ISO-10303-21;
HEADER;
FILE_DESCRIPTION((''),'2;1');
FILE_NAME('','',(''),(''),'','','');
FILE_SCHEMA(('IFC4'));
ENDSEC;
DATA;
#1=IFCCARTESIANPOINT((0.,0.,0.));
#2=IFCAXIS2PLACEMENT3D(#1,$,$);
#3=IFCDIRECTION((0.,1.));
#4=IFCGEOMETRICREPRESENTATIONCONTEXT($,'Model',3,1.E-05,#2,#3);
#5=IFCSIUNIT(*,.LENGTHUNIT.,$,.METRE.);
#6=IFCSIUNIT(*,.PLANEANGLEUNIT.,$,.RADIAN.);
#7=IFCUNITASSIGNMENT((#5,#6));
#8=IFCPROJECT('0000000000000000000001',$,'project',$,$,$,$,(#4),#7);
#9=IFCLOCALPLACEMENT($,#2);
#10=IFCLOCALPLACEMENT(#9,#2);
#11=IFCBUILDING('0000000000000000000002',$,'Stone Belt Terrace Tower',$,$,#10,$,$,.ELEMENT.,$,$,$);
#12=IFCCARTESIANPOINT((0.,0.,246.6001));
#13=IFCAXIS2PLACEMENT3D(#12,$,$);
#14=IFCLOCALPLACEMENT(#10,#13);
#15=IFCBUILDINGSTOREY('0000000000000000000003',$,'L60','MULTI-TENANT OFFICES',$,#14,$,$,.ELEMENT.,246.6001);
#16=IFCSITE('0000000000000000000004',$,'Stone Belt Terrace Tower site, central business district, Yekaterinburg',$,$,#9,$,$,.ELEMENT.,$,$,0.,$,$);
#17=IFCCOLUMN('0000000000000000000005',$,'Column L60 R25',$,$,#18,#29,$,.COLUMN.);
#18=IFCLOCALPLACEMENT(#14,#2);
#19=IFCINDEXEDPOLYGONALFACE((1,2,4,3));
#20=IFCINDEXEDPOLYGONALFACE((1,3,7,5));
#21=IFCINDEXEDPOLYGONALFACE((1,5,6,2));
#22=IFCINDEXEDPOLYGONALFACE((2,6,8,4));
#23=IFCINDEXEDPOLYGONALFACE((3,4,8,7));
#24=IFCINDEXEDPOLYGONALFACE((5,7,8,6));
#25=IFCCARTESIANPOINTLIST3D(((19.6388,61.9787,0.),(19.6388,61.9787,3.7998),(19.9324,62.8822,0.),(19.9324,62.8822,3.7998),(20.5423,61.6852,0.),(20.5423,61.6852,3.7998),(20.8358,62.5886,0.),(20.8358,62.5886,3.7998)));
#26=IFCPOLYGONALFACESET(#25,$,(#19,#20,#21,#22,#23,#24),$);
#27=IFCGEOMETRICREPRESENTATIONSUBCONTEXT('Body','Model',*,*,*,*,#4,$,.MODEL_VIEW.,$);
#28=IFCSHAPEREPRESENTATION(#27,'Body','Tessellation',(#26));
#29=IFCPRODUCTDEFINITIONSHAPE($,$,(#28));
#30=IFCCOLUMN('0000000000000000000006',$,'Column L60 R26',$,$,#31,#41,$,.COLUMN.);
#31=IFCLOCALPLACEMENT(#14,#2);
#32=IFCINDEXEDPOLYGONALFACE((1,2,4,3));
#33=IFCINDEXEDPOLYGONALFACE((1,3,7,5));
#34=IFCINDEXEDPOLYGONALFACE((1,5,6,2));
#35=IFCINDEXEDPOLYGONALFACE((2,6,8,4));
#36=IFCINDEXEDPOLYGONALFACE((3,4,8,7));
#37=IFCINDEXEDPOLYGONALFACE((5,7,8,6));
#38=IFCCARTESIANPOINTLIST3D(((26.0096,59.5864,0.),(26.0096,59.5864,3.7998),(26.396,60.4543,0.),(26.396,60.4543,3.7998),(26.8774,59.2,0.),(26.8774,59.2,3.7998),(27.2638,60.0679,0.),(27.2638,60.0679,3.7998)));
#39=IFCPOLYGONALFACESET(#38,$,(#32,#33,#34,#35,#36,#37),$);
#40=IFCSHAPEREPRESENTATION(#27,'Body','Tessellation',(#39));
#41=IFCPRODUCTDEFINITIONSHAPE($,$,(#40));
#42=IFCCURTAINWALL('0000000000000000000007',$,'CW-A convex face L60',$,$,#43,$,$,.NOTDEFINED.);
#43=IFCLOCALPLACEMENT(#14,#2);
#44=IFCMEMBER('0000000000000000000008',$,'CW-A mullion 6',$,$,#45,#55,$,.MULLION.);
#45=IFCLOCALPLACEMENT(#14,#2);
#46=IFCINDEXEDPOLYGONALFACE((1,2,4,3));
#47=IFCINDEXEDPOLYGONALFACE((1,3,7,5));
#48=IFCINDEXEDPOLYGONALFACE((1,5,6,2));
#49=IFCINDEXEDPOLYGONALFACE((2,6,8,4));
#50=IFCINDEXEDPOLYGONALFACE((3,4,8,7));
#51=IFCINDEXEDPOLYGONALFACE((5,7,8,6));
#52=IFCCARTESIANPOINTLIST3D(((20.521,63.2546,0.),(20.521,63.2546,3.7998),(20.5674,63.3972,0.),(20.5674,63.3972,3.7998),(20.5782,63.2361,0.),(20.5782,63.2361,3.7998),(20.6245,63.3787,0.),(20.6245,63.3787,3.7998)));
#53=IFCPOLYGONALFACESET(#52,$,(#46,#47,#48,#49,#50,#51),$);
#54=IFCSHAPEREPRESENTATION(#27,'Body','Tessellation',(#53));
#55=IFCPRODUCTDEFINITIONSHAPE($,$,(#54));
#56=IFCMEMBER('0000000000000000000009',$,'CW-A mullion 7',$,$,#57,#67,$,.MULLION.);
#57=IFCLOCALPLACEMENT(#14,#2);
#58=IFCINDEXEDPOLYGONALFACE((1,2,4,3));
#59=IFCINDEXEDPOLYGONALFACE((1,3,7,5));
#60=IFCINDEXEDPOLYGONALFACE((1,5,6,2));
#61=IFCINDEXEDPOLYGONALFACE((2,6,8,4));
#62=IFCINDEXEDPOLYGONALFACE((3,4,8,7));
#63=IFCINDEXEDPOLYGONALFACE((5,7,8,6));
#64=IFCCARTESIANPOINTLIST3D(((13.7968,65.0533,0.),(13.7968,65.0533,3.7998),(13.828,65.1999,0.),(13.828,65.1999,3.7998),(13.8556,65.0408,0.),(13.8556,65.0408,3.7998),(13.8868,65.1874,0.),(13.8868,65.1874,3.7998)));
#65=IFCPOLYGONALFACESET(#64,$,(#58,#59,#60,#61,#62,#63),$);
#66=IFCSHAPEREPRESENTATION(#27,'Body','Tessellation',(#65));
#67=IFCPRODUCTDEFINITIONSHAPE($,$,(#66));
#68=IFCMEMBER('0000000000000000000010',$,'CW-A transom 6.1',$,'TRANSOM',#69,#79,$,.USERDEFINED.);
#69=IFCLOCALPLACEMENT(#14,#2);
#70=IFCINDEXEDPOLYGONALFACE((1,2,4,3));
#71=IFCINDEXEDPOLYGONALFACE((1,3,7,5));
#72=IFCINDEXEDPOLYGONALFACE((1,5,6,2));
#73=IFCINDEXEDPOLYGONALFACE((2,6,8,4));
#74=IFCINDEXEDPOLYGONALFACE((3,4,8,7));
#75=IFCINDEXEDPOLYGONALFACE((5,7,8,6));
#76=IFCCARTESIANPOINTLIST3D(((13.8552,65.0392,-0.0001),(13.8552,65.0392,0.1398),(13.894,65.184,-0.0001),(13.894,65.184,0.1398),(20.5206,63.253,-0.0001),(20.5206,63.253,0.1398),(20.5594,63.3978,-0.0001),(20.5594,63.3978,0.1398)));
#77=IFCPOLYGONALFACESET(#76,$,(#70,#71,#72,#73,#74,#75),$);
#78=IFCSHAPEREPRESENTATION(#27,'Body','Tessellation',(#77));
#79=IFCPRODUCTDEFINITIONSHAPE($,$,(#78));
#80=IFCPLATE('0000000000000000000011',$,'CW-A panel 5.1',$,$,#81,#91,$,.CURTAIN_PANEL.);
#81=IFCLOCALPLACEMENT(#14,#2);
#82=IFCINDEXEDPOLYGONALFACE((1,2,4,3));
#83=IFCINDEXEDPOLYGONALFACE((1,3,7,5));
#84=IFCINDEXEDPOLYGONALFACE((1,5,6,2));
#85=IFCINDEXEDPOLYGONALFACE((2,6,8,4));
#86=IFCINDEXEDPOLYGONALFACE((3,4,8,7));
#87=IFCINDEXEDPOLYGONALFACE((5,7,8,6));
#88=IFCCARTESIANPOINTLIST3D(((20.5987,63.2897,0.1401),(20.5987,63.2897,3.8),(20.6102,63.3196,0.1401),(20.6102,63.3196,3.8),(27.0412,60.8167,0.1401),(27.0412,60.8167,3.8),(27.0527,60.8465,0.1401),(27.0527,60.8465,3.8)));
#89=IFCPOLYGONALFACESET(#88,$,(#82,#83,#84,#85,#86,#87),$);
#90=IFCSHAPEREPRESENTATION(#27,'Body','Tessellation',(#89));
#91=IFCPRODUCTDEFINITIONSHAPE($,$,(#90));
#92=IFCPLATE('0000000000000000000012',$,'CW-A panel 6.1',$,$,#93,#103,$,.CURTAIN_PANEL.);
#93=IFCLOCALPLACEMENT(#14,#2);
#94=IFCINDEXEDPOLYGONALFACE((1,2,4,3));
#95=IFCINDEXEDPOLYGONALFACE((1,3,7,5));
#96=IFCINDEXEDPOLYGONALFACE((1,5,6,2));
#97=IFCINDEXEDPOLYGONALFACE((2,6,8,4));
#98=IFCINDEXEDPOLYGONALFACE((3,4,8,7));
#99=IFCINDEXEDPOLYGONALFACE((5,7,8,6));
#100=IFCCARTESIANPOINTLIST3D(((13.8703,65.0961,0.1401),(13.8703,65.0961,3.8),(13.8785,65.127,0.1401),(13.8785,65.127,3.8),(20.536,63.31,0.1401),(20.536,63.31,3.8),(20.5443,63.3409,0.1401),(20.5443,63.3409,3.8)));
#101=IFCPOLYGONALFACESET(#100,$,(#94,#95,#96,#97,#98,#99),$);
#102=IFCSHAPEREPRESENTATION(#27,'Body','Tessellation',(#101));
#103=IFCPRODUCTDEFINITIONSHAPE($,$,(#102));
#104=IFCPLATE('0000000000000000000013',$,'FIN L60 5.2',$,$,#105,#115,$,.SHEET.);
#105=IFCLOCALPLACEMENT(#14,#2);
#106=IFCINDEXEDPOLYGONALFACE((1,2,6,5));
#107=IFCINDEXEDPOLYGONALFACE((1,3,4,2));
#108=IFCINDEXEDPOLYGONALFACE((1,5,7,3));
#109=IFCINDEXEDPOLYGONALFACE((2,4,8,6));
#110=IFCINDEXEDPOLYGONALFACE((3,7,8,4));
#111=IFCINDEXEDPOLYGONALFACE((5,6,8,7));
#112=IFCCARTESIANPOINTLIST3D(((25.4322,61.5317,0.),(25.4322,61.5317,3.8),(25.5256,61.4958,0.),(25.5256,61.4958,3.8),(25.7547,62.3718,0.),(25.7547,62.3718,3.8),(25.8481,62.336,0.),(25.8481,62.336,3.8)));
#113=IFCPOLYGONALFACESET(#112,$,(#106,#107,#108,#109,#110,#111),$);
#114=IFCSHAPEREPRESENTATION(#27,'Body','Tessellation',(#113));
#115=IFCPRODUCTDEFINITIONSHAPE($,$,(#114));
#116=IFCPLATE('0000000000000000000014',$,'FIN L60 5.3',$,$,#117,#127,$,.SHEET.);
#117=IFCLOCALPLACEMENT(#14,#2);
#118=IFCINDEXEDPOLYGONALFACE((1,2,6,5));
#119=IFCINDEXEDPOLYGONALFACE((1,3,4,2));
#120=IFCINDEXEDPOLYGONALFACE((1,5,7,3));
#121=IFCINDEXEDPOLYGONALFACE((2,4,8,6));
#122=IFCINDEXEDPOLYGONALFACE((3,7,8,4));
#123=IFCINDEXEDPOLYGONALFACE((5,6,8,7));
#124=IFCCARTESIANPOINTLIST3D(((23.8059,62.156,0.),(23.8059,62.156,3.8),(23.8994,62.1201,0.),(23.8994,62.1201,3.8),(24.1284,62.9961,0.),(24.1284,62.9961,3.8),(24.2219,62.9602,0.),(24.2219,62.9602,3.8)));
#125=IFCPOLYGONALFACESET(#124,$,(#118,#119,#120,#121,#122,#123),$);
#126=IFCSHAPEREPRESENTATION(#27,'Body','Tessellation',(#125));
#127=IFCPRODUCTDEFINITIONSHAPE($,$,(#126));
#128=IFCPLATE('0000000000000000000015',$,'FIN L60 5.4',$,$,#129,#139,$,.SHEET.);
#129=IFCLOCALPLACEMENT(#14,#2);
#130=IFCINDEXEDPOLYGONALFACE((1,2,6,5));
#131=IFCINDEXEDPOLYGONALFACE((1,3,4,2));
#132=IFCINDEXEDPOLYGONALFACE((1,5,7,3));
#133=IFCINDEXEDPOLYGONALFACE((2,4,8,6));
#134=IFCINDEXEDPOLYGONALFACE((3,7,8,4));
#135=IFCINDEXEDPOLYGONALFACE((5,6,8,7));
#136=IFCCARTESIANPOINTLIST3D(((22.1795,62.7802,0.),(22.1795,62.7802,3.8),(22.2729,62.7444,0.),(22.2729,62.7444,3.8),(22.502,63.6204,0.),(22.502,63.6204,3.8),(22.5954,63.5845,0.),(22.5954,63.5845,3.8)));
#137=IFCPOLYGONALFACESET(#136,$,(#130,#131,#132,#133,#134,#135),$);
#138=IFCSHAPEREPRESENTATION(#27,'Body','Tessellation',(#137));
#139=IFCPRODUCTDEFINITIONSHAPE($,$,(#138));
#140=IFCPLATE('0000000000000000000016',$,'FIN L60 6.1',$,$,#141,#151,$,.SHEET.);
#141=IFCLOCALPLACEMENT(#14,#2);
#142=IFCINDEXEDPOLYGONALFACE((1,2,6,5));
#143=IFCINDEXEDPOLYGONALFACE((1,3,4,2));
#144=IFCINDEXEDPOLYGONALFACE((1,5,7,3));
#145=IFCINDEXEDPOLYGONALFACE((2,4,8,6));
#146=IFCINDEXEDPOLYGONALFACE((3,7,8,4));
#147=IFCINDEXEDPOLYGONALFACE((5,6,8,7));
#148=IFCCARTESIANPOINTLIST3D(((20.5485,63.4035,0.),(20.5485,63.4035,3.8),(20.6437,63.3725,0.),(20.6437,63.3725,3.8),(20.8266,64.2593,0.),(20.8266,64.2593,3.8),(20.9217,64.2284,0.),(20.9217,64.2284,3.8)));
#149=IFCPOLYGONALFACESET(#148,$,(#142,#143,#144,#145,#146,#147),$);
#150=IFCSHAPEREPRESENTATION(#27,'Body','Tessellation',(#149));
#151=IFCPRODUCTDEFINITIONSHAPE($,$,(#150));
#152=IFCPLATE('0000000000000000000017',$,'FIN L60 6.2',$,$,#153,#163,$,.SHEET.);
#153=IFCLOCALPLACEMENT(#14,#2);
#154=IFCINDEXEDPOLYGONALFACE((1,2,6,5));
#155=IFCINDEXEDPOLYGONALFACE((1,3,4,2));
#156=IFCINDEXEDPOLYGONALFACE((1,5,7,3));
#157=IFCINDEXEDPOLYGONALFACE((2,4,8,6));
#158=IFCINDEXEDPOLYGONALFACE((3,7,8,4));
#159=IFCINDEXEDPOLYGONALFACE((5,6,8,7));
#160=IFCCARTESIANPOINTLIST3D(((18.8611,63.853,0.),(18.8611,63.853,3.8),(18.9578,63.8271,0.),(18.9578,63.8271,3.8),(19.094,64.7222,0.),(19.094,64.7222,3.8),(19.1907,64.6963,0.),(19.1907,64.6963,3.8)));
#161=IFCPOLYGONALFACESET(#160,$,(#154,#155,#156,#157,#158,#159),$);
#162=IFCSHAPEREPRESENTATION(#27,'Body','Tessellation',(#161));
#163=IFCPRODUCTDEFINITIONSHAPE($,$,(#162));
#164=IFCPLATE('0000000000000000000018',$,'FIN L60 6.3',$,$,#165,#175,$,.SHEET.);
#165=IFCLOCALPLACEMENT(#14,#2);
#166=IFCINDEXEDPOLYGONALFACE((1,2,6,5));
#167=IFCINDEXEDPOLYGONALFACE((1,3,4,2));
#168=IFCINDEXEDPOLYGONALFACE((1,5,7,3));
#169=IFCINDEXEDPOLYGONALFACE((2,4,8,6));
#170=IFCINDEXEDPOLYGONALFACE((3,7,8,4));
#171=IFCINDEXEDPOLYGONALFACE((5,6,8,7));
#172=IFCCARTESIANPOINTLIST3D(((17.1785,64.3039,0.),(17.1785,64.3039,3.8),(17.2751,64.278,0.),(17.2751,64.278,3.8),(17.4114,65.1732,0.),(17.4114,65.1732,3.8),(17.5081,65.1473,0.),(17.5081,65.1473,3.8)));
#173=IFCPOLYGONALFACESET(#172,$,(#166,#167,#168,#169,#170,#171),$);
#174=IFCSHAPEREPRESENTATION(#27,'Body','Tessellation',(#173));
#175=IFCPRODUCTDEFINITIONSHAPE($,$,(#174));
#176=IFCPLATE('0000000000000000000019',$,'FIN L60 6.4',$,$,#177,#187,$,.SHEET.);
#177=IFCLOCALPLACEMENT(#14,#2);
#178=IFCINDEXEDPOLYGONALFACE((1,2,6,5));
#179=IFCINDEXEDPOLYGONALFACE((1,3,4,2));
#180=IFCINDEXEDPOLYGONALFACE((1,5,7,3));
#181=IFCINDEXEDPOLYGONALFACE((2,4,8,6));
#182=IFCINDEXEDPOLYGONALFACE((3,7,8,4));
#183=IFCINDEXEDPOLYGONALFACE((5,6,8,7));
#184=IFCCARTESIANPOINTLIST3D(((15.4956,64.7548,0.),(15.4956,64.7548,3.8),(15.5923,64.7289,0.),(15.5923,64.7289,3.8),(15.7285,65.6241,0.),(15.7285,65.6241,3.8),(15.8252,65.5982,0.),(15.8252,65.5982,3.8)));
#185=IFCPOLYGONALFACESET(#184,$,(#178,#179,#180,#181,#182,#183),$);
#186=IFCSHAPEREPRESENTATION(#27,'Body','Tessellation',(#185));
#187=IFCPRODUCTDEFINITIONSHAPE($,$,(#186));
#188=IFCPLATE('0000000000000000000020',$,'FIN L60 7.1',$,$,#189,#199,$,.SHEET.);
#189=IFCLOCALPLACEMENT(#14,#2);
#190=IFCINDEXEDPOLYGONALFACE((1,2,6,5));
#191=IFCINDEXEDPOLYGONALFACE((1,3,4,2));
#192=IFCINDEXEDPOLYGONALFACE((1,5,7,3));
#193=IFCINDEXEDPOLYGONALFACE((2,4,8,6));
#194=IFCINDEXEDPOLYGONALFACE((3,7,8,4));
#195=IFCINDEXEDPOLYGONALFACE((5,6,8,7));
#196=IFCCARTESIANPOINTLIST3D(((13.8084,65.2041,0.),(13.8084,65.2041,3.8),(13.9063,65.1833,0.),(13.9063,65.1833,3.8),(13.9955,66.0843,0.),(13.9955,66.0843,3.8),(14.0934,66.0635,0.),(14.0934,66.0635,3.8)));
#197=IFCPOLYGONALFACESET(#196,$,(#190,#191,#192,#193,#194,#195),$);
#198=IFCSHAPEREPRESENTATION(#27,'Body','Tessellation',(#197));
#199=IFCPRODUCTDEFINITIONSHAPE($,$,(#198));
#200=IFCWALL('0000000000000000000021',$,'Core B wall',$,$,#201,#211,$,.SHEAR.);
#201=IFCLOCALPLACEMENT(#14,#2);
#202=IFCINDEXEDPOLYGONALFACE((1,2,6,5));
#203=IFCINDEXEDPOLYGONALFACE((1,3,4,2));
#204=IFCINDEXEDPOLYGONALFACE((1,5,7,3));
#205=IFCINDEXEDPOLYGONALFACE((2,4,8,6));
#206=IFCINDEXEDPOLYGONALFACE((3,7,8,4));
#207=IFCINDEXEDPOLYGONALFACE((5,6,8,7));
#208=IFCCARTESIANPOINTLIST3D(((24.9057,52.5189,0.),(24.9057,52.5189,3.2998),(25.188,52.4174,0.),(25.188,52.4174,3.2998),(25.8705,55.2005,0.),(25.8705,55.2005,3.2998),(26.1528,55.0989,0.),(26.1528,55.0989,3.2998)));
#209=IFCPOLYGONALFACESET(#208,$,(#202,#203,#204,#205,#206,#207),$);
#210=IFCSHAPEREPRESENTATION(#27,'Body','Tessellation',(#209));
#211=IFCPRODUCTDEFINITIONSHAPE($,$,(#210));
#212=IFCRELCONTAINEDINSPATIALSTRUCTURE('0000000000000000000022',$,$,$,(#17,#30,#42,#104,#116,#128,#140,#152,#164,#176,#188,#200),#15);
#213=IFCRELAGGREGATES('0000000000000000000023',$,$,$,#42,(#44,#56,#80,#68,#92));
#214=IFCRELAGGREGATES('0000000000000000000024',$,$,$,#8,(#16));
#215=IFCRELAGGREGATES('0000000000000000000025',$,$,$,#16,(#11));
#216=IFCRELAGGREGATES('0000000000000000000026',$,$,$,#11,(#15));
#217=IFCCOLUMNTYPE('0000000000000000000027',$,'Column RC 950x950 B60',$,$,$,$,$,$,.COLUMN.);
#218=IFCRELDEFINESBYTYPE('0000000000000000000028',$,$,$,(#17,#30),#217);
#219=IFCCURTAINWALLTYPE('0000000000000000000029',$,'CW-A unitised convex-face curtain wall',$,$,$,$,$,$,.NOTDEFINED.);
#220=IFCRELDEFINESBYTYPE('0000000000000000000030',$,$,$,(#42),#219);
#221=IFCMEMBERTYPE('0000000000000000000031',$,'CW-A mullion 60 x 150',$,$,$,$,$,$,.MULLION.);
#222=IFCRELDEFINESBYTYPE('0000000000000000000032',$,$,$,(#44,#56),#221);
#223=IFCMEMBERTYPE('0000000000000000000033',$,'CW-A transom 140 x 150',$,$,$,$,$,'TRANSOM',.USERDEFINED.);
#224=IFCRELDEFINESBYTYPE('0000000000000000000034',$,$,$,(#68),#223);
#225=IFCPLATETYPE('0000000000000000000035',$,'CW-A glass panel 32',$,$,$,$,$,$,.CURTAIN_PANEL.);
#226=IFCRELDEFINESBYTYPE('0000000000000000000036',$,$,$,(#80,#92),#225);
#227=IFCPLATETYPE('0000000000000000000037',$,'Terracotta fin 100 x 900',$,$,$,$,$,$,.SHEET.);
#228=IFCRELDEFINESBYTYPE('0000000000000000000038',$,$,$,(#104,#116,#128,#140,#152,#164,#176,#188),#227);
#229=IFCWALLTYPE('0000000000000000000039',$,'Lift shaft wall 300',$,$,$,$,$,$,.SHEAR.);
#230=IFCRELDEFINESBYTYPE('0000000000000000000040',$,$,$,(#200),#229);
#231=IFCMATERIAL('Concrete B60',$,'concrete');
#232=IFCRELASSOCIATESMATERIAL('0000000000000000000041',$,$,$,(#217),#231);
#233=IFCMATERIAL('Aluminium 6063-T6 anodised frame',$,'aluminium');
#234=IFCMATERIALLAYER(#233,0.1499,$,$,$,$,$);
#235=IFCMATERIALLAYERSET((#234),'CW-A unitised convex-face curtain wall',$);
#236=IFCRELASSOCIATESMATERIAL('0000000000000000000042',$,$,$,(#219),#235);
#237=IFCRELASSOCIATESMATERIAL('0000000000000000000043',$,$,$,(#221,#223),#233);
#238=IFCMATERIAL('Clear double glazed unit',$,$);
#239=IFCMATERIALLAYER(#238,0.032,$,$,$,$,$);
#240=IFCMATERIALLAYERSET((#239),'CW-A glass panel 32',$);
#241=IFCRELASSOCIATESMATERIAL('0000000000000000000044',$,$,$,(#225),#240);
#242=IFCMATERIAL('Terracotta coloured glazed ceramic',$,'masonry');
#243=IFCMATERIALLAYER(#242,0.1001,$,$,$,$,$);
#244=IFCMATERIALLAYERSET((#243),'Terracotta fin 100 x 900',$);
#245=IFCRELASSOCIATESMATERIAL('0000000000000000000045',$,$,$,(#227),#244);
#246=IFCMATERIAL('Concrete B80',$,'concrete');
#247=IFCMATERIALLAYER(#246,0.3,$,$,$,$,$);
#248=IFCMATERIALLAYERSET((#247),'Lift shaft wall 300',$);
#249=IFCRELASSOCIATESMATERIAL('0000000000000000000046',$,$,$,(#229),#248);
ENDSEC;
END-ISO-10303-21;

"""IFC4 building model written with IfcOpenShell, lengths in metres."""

from ifc_helpers import new_model, si_unit, direction, frame, frame_2d, origin, origin_2d, place, context, subcontext, project, spatial, rectangle, extrude, material, layer, layer_set, material_profile, profile_set, type_object, element, aggregate, save


model = new_model("IFC4")

# Units and contexts
model_context = context("Model", 3, precision=1e-05, world=origin(), true_north=direction((0.0, 1.0)))
body_context = subcontext(model_context, "Body", "Model", "MODEL_VIEW")
ifc_project = project(units=[si_unit("LENGTHUNIT", "METRE"), si_unit("PLANEANGLEUNIT", "RADIAN")], contexts=[model_context])

# Site, building, storey
site_placement = place(None, origin())
site = spatial("IfcSite", under=ifc_project, at=site_placement, Name="Stone Belt Terrace Tower site, central business district, Yekaterinburg", CompositionType="ELEMENT", RefElevation=0.0)
building_placement = place(site_placement, origin())
building = spatial("IfcBuilding", under=site, at=building_placement, Name="Stone Belt Terrace Tower", CompositionType="ELEMENT")
storey_placement = place(building_placement, frame((0.0, 0.0, 246.6001)))
storey = spatial("IfcBuildingStorey", under=building, at=storey_placement, Name="L60", Description="MULTI-TENANT OFFICES", CompositionType="ELEMENT", Elevation=246.6001)

# Columns
ifc_material_1 = material(Name="Concrete B60", Category="concrete")
ifc_material_profile_1 = material_profile(ifc_material_1, rectangle(XDim=0.95, YDim=0.95, at=origin_2d()), Name="RC 950x950")
ifc_profile_set_1 = profile_set([ifc_material_profile_1], Name="Concrete B60")
column_type = type_object("IfcColumnType", Name="Column RC 950x950 B60", PredefinedType="COLUMN", material=ifc_profile_set_1)
for number, where, z_axis, x_axis, name in (
    (1, (20.2373, 62.2837, 0.0), (0.0, 0.0, 1.0), (0.951057, -0.309017, 0.0), "Column L60 R25"),
    (2, (26.6367, 59.8271, 0.0), (0.0, 0.0, 1.0), (0.913545, -0.406737, 0.0), "Column L60 R26"),
):
    element("IfcColumn", number, at=place(storey_placement, frame(where, z_axis=z_axis, x_axis=x_axis)), inside=storey, type_object=column_type, Name=name, PredefinedType="COLUMN", context=body_context, shape_type="SweptSolid", body=[
        extrude(rectangle(XDim=0.95, YDim=0.95, at=origin_2d()), origin(), (0.0, 0.0, 1.0), 3.7998),
    ])

# Curtain wall, members, plates
ifc_material_2 = material(Name="Aluminium 6063-T6 anodised frame", Category="aluminium")
ifc_layer_1 = layer(ifc_material_2, 0.1499)
ifc_layer_set_1 = layer_set([ifc_layer_1], Name="CW-A unitised convex-face curtain wall")
curtain_wall_type = type_object("IfcCurtainWallType", Name="CW-A unitised convex-face curtain wall", PredefinedType="NOTDEFINED", material=ifc_layer_set_1)
curtain_wall_placement = place(storey_placement, origin())
curtain_wall = element("IfcCurtainWall", 3, at=curtain_wall_placement, inside=storey, type_object=curtain_wall_type, Name="CW-A convex face L60", PredefinedType="NOTDEFINED")
ifc_material_profile_2 = material_profile(ifc_material_2, rectangle(XDim=0.1499, YDim=0.0601, at=origin_2d()), Name="Aluminium 6063-T6 60x150")
ifc_profile_set_2 = profile_set([ifc_material_profile_2], Name="Aluminium 6063-T6 anodised frame")
member_type_1 = type_object("IfcMemberType", Name="CW-A mullion 60 x 150", PredefinedType="MULLION", material=ifc_profile_set_2)
member_1_placement = place(storey_placement, frame((20.5728, 63.3167, 0.0), z_axis=(0.0, 0.0, 1.0), x_axis=(-0.309017, -0.951057, 0.0)))
member_1 = element("IfcMember", 4, at=member_1_placement, type_object=member_type_1, Name="CW-A mullion 6", PredefinedType="MULLION", context=body_context, shape_type="SweptSolid", body=[
    extrude(rectangle(XDim=0.1499, YDim=0.0601, at=origin_2d()), origin(), (0.0, 0.0, 1.0), 3.7998),
])
member_2_placement = place(storey_placement, frame((13.8418, 65.1204, 0.0), z_axis=(0.0, 0.0, 1.0), x_axis=(-0.207912, -0.978148, 0.0)))
member_2 = element("IfcMember", 5, at=member_2_placement, type_object=member_type_1, Name="CW-A mullion 7", PredefinedType="MULLION", context=body_context, shape_type="SweptSolid", body=[
    extrude(rectangle(XDim=0.1499, YDim=0.0601, at=origin_2d()), origin(), (0.0, 0.0, 1.0), 3.7998),
])
ifc_material_profile_3 = material_profile(ifc_material_2, rectangle(XDim=0.1499, YDim=0.1399, at=origin_2d()), Name="Aluminium 6063-T6 150x140")
ifc_profile_set_3 = profile_set([ifc_material_profile_3], Name="Aluminium 6063-T6 anodised frame")
member_type_2 = type_object("IfcMemberType", Name="CW-A transom 140 x 150", ElementType="TRANSOM", PredefinedType="USERDEFINED", material=ifc_profile_set_3)
member_3_placement = place(storey_placement, frame((20.54, 63.3254, 0.0698), z_axis=(-0.965922, 0.258834, 0.0), x_axis=(-0.258834, -0.965922, 0.0)))
member_3 = element("IfcMember", 6, at=member_3_placement, type_object=member_type_2, Name="CW-A transom 6.1", ObjectType="TRANSOM", PredefinedType="USERDEFINED", context=body_context, shape_type="SweptSolid", body=[
    extrude(rectangle(XDim=0.1499, YDim=0.1399, at=origin_2d()), origin(), (0.0, 0.0, 1.0), 6.9006),
])
ifc_material_3 = material(Name="Clear double glazed unit")
ifc_layer_2 = layer(ifc_material_3, 0.032)
ifc_layer_set_2 = layer_set([ifc_layer_2], Name="CW-A glass panel 32")
plate_type_1 = type_object("IfcPlateType", Name="CW-A glass panel 32", PredefinedType="CURTAIN_PANEL", material=ifc_layer_set_2)
plate_1_placement = place(storey_placement, frame((23.8257, 62.0681, 0.1401), z_axis=(0.0, 0.0, 1.0), x_axis=(-0.93358, 0.358368, 0.0)))
plate_1 = element("IfcPlate", 7, at=plate_1_placement, type_object=plate_type_1, Name="CW-A panel 5.1", PredefinedType="CURTAIN_PANEL", context=body_context, shape_type="SweptSolid", body=[
    extrude(rectangle(XDim=6.9009, YDim=0.032, at=origin_2d()), origin(), (0.0, 0.0, 1.0), 3.6599),
])
plate_2_placement = place(storey_placement, frame((17.2073, 64.2185, 0.1401), z_axis=(0.0, 0.0, 1.0), x_axis=(-0.965926, 0.258819, 0.0)))
plate_2 = element("IfcPlate", 8, at=plate_2_placement, type_object=plate_type_1, Name="CW-A panel 6.1", PredefinedType="CURTAIN_PANEL", context=body_context, shape_type="SweptSolid", body=[
    extrude(rectangle(XDim=6.9009, YDim=0.032, at=origin_2d()), origin(), (0.0, 0.0, 1.0), 3.6599),
])
aggregate(curtain_wall, [member_1, member_2, plate_1, member_3, plate_2])

# Plates
ifc_material_4 = material(Name="Terracotta coloured glazed ceramic", Category="masonry")
ifc_layer_3 = layer(ifc_material_4, 0.1001)
ifc_layer_set_3 = layer_set([ifc_layer_3], Name="Terracotta fin 100 x 900")
plate_type_2 = type_object("IfcPlateType", Name="Terracotta fin 100 x 900", PredefinedType="SHEET", material=ifc_layer_set_3)
for number, where, z_axis, x_axis, name in (
    (9, (25.6401, 61.9338, 0.0), (0.0, 0.0, 1.0), (0.358368, 0.93358, 0.0), "FIN L60 5.2"),
    (10, (24.0139, 62.5581, 0.0), (0.0, 0.0, 1.0), (0.358368, 0.93358, 0.0), "FIN L60 5.3"),
    (11, (22.3875, 63.1824, 0.0), (0.0, 0.0, 1.0), (0.358368, 0.93358, 0.0), "FIN L60 5.4"),
    (12, (20.7351, 63.8159, 0.0), (0.0, 0.0, 1.0), (0.309017, 0.951057, 0.0), "FIN L60 6.1"),
    (13, (19.0259, 64.2747, 0.0), (0.0, 0.0, 1.0), (0.258819, 0.965926, 0.0), "FIN L60 6.2"),
    (14, (17.3433, 64.7256, 0.0), (0.0, 0.0, 1.0), (0.258819, 0.965926, 0.0), "FIN L60 6.3"),
    (15, (15.6604, 65.1765, 0.0), (0.0, 0.0, 1.0), (0.258819, 0.965926, 0.0), "FIN L60 6.4"),
    (16, (13.9509, 65.6338, 0.0), (0.0, 0.0, 1.0), (0.207912, 0.978148, 0.0), "FIN L60 7.1"),
):
    element("IfcPlate", number, at=place(storey_placement, frame(where, z_axis=z_axis, x_axis=x_axis)), inside=storey, type_object=plate_type_2, Name=name, PredefinedType="SHEET", context=body_context, shape_type="SweptSolid", body=[
        extrude(rectangle(XDim=0.8999, YDim=0.1001, at=origin_2d()), origin(), (0.0, 0.0, 1.0), 3.8),
    ])

# Wall
ifc_material_5 = material(Name="Concrete B80", Category="concrete")
ifc_layer_4 = layer(ifc_material_5, 0.3)
ifc_layer_set_4 = layer_set([ifc_layer_4], Name="Lift shaft wall 300")
wall_type_1 = type_object("IfcWallType", Name="Lift shaft wall 300", PredefinedType="SHEAR", material=ifc_layer_set_4)
wall_1_placement = place(storey_placement, frame((25.0469, 52.4683, 0.0), z_axis=(0.0, 0.0, 1.0), x_axis=(0.33855, 0.940949, 0.0)))
element("IfcWall", 17, at=wall_1_placement, inside=storey, type_object=wall_type_1, Name="Core B wall", PredefinedType="SHEAR", context=body_context, shape_type="SweptSolid", body=[
    extrude(rectangle(XDim=2.8499, YDim=0.3, at=frame_2d((1.4248, 0.0))), origin(), (0.0, 0.0, 1.0), 3.2998),
])

save(model, "model.ifc")
